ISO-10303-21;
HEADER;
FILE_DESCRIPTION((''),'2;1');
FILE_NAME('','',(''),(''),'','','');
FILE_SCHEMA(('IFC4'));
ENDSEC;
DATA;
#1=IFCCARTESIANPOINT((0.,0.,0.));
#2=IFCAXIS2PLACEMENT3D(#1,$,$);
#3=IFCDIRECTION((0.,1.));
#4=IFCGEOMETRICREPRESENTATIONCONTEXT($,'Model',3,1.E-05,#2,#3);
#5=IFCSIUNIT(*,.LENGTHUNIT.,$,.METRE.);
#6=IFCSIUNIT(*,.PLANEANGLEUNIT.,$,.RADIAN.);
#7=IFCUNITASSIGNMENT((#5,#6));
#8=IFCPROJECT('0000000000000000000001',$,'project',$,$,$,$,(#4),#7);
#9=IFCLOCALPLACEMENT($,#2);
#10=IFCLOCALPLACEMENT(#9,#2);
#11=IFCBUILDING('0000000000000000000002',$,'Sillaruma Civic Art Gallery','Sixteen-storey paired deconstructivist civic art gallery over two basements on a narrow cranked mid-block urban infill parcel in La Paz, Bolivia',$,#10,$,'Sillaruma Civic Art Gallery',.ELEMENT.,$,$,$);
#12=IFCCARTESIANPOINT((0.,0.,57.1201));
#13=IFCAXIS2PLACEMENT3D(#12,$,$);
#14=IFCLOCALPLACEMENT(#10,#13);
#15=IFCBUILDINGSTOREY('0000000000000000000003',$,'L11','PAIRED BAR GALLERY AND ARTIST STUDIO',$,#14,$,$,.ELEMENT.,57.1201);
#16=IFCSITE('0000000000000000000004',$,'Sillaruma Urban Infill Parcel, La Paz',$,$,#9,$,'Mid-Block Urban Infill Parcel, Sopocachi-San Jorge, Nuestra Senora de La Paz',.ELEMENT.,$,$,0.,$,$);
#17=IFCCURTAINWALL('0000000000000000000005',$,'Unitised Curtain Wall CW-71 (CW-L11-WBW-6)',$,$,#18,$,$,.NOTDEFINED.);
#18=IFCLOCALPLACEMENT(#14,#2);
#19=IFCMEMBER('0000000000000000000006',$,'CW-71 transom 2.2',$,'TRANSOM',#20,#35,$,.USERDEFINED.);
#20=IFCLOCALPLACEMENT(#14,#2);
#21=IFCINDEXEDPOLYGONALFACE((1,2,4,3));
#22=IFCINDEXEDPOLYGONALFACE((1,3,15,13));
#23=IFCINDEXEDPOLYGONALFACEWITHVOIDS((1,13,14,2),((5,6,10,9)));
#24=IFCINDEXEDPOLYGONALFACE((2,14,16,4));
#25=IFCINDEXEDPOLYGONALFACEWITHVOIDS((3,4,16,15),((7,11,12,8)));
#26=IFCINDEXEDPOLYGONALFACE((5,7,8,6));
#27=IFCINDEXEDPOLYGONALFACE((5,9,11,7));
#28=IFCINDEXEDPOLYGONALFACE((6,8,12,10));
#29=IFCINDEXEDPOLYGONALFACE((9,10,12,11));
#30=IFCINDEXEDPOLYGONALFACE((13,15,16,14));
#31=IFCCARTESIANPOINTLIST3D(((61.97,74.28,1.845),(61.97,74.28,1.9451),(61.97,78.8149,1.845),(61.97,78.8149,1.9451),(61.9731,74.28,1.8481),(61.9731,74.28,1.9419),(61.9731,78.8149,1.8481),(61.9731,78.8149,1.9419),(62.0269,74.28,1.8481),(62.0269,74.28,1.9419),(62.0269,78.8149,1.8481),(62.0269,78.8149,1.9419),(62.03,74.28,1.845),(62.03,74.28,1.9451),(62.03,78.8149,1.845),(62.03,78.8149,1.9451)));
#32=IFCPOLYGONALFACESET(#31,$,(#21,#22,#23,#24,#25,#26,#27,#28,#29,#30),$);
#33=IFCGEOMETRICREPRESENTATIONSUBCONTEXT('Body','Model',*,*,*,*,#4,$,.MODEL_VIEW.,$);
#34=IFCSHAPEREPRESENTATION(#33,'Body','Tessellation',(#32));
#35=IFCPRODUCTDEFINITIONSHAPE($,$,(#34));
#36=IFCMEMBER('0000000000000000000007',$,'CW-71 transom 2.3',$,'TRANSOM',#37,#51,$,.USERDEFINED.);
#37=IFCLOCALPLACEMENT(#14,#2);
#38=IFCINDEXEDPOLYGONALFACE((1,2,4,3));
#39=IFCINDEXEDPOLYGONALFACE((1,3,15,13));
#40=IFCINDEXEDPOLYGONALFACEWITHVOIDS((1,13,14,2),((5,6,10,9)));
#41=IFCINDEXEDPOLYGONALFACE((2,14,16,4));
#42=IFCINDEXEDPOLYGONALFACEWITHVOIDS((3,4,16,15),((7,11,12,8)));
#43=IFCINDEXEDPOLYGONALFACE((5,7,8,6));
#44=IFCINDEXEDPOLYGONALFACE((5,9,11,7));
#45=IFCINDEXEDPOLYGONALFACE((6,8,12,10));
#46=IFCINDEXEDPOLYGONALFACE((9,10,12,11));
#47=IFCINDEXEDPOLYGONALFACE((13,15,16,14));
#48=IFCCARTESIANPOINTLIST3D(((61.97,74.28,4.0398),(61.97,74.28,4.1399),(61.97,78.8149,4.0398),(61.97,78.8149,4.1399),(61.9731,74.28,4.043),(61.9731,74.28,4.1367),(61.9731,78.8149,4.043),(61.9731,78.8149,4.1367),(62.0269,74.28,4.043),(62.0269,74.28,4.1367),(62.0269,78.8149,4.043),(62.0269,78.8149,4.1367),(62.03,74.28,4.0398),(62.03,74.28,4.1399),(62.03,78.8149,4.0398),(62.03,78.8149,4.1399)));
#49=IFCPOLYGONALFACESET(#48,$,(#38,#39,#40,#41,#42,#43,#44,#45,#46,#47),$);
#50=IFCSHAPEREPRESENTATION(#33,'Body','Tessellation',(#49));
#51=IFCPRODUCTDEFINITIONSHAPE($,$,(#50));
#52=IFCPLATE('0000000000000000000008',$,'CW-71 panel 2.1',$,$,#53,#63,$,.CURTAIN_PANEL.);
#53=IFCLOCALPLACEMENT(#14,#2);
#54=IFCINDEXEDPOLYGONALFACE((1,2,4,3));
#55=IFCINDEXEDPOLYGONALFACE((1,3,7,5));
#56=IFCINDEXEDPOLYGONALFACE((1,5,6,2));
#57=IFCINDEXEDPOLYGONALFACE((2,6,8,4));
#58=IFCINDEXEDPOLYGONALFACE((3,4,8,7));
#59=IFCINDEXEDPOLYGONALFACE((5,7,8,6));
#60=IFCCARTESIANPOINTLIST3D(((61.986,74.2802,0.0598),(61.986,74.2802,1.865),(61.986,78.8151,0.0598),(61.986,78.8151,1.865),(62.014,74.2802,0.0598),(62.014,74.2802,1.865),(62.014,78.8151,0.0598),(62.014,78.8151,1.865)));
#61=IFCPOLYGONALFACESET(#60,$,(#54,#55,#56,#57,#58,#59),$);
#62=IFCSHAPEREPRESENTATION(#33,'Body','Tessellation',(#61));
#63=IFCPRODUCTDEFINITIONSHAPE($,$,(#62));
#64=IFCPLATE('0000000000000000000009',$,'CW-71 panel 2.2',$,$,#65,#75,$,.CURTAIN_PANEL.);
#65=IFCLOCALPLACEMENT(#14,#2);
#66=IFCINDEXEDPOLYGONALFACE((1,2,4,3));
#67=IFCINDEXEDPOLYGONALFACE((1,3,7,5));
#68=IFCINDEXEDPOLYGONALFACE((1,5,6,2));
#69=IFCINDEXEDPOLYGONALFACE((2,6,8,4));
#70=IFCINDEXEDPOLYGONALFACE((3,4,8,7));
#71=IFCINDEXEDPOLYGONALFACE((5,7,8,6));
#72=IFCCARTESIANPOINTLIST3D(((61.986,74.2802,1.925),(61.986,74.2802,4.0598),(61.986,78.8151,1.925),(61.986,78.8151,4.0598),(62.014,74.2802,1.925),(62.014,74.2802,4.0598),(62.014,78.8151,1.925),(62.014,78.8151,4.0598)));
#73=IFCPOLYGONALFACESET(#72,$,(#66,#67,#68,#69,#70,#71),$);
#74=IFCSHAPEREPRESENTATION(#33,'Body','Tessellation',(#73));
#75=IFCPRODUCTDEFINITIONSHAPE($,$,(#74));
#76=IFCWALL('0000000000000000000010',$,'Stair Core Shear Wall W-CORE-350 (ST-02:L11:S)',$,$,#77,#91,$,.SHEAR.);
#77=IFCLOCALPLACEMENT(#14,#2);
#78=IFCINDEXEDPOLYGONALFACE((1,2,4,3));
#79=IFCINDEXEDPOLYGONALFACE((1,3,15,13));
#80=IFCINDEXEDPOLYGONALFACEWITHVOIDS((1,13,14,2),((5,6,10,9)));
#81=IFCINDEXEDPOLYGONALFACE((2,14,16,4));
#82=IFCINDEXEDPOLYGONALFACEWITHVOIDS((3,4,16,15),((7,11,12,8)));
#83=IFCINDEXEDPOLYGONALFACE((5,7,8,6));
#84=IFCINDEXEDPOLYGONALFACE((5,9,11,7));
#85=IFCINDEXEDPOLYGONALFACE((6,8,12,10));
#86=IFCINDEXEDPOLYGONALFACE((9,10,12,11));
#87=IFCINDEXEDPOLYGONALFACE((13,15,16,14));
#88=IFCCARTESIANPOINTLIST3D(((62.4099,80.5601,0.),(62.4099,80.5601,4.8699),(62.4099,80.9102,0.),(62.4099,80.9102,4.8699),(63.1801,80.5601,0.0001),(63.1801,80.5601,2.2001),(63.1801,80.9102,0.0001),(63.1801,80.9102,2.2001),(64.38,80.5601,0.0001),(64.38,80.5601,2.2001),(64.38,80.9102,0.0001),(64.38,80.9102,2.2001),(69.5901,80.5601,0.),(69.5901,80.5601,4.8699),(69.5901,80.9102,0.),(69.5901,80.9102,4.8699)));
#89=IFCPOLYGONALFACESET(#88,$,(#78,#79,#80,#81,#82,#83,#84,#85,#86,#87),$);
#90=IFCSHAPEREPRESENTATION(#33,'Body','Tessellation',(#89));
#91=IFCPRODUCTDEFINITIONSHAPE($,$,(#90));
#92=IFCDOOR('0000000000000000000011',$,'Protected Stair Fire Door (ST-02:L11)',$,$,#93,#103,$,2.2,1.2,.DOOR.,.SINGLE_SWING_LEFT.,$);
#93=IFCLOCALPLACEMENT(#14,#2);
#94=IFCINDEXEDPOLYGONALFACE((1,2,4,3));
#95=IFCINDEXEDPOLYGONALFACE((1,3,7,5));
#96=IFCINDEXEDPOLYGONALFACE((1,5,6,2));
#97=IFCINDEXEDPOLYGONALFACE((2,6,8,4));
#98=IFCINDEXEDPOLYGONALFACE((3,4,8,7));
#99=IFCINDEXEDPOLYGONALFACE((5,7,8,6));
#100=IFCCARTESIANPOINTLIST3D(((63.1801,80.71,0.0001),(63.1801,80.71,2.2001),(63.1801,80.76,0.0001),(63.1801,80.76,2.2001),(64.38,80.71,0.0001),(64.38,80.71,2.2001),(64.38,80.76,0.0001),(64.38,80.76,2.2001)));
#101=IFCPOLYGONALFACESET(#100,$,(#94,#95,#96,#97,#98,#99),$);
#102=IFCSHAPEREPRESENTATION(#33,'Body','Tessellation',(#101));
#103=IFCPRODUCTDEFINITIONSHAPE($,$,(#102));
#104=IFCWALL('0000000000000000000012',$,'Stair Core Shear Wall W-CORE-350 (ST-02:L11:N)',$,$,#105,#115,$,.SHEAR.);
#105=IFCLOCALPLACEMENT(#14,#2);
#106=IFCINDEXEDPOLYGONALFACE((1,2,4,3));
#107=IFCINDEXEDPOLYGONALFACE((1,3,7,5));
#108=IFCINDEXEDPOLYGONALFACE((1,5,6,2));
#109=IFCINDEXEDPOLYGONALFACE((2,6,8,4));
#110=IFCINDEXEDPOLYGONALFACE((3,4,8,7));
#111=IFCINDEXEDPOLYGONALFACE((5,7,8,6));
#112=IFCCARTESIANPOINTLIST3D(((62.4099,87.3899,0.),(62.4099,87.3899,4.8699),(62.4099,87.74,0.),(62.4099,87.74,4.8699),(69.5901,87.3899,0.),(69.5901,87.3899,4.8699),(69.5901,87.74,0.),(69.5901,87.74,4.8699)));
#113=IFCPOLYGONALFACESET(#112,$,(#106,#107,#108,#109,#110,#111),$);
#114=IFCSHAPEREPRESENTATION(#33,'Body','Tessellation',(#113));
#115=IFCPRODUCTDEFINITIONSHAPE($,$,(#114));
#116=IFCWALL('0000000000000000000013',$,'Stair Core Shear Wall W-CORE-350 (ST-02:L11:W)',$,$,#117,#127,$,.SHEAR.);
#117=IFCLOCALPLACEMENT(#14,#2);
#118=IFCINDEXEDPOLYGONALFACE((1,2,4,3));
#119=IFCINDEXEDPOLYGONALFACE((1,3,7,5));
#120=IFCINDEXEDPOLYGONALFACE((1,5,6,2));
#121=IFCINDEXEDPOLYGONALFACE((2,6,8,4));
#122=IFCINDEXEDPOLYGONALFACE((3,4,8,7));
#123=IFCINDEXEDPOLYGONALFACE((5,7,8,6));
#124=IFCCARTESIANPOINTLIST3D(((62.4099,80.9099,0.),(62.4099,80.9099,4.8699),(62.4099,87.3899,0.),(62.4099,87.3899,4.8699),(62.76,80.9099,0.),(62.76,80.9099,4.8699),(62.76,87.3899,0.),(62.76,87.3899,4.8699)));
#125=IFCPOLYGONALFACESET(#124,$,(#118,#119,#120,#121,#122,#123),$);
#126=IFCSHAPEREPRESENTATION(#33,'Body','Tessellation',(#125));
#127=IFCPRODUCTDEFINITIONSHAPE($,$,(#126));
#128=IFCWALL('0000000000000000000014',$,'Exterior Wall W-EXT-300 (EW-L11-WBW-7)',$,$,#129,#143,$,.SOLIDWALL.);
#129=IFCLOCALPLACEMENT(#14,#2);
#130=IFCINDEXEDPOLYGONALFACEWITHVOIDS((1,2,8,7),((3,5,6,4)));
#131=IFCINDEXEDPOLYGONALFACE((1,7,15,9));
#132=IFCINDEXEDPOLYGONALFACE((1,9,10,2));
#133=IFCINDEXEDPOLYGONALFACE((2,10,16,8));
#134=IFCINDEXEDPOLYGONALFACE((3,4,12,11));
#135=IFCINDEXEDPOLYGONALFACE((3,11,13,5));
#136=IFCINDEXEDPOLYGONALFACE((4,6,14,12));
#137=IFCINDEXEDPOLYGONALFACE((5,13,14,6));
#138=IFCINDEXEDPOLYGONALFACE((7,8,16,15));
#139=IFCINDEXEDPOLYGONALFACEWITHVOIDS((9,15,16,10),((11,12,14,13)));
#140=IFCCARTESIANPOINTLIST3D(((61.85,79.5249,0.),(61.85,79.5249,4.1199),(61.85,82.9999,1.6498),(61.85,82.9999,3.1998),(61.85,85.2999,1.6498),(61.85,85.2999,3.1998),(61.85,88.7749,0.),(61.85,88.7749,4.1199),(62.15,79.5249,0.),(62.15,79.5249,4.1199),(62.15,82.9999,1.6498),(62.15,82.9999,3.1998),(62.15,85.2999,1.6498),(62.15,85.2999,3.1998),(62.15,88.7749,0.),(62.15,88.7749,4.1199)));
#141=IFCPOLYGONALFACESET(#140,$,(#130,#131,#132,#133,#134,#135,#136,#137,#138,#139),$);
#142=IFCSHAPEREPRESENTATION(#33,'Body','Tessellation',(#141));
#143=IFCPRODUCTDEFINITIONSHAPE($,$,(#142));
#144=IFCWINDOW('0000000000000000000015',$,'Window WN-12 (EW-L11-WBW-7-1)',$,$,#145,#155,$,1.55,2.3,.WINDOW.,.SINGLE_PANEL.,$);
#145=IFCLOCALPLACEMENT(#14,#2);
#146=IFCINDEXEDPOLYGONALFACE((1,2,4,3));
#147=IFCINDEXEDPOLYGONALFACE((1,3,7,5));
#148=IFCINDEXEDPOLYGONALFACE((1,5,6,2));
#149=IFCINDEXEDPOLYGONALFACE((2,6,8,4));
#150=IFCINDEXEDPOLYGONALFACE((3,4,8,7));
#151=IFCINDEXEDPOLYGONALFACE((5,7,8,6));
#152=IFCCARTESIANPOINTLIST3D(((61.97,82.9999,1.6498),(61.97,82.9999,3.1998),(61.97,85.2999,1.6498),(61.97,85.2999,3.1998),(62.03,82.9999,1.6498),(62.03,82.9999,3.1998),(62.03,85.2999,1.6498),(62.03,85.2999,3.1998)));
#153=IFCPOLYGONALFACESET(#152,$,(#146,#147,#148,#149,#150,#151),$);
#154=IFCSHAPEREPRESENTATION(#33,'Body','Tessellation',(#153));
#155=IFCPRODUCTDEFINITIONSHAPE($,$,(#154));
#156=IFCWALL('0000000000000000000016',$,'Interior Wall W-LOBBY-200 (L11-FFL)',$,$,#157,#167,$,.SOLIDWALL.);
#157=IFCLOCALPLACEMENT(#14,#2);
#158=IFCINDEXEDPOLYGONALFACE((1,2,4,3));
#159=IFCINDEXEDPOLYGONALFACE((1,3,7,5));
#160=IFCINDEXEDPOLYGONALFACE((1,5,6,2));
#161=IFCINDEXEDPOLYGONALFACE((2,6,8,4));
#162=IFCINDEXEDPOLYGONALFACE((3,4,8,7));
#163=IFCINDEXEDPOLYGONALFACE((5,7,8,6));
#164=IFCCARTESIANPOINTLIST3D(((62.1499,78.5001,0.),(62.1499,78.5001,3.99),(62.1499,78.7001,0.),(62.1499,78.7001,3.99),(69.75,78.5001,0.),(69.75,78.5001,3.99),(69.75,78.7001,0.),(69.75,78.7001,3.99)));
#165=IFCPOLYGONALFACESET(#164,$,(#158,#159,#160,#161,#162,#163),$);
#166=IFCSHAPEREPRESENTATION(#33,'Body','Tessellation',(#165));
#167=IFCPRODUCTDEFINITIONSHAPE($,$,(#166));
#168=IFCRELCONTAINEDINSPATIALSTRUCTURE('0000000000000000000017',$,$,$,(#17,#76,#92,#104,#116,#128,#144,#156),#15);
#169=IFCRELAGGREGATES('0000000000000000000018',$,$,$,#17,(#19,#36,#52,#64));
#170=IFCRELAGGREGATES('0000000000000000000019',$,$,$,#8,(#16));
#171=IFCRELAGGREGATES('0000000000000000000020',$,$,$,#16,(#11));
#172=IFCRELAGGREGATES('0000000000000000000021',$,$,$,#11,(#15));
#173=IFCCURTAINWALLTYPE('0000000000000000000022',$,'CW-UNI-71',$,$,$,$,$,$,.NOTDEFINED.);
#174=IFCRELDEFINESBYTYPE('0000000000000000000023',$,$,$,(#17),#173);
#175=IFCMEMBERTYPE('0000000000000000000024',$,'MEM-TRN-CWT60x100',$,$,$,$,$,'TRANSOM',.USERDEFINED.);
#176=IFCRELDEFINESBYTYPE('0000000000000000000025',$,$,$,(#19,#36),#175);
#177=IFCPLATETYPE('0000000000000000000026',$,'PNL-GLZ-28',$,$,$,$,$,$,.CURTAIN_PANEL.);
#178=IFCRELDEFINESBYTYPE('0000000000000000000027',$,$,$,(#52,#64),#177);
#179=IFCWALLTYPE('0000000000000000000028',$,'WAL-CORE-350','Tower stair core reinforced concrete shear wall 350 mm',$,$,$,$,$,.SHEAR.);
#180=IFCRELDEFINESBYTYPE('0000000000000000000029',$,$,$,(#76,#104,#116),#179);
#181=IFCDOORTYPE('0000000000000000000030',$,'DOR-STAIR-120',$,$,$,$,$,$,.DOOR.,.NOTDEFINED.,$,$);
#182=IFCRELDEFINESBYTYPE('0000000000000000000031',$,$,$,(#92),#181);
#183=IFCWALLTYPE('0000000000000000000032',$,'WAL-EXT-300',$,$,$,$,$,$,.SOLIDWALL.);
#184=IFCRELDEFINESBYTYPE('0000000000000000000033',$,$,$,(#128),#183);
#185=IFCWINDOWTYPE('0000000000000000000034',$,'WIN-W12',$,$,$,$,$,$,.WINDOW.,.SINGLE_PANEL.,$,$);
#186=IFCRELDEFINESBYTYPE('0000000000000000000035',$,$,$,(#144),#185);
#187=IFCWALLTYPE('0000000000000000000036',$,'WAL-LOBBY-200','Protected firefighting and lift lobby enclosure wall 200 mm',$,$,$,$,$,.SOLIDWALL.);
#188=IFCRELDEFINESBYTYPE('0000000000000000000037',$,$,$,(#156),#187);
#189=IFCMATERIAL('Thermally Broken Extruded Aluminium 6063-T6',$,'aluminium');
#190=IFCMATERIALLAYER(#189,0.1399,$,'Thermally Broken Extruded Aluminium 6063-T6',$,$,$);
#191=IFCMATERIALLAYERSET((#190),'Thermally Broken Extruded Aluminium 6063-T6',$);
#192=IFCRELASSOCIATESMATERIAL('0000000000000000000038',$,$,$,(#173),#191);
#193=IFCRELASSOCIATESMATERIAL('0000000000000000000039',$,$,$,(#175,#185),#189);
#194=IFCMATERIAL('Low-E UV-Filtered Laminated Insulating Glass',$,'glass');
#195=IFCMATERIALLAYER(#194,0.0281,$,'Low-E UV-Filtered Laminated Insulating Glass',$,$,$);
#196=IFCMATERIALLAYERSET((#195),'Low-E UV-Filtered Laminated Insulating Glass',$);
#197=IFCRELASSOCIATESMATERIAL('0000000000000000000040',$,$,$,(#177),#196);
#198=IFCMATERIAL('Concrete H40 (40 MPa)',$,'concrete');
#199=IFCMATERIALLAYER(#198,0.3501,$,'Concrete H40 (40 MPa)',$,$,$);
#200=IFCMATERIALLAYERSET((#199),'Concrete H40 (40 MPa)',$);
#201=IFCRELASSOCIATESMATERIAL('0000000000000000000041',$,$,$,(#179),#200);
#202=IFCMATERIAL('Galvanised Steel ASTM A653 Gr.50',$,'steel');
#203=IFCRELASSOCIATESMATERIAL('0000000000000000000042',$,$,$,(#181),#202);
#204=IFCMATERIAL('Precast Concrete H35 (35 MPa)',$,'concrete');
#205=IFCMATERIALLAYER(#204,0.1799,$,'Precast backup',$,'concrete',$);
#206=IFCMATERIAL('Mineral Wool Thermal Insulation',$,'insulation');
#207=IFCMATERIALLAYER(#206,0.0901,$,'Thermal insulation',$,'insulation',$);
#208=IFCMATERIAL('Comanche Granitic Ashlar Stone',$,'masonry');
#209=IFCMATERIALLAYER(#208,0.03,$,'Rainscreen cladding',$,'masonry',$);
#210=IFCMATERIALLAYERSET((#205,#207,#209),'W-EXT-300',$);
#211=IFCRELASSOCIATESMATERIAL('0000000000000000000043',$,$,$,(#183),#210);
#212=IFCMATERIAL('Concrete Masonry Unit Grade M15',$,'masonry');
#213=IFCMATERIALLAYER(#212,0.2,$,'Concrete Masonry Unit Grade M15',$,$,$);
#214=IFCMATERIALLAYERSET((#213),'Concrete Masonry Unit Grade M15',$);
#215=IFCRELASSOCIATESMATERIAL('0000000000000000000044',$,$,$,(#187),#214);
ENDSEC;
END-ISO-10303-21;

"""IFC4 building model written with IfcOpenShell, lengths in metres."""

from ifc_helpers import new_model, si_unit, direction, frame, frame_2d, origin, origin_2d, place, context, subcontext, project, spatial, rectangle, hollow_rectangle, extrude, material, layer, layer_set, material_profile, profile_set, type_object, element, fill, aggregate, save


model = new_model("IFC4")

# Units and contexts
model_context = context("Model", 3, precision=1e-05, world=origin(), true_north=direction((0.0, 1.0)))
body_context = subcontext(model_context, "Body", "Model", "MODEL_VIEW")
ifc_project = project(units=[si_unit("LENGTHUNIT", "METRE"), si_unit("PLANEANGLEUNIT", "RADIAN")], contexts=[model_context])

# Site, building, storey
site_placement = place(None, origin())
site = spatial("IfcSite", under=ifc_project, at=site_placement, Name="Sillaruma Urban Infill Parcel, La Paz", LongName="Mid-Block Urban Infill Parcel, Sopocachi-San Jorge, Nuestra Senora de La Paz", CompositionType="ELEMENT", RefElevation=0.0)
building_placement = place(site_placement, origin())
building = spatial("IfcBuilding", under=site, at=building_placement, Name="Sillaruma Civic Art Gallery", Description="Sixteen-storey paired deconstructivist civic art gallery over two basements on a narrow cranked mid-block urban infill parcel in La Paz, Bolivia", LongName="Sillaruma Civic Art Gallery", CompositionType="ELEMENT")
storey_placement = place(building_placement, frame((0.0, 0.0, 57.1201)))
storey = spatial("IfcBuildingStorey", under=building, at=storey_placement, Name="L11", Description="PAIRED BAR GALLERY AND ARTIST STUDIO", CompositionType="ELEMENT", Elevation=57.1201)

# Shared definitions
ifc_material_1 = material(Name="Concrete H40 (40 MPa)", Category="concrete")

# Curtain wall, members, plates
ifc_material_2 = material(Name="Thermally Broken Extruded Aluminium 6063-T6", Category="aluminium")
ifc_layer_1 = layer(ifc_material_2, 0.1399, Name="Thermally Broken Extruded Aluminium 6063-T6")
ifc_layer_set_1 = layer_set([ifc_layer_1], Name="Thermally Broken Extruded Aluminium 6063-T6")
curtain_wall_type = type_object("IfcCurtainWallType", Name="CW-UNI-71", PredefinedType="NOTDEFINED", material=ifc_layer_set_1)
curtain_wall_placement = place(storey_placement, origin())
curtain_wall = element("IfcCurtainWall", 1, at=curtain_wall_placement, inside=storey, type_object=curtain_wall_type, Name="Unitised Curtain Wall CW-71 (CW-L11-WBW-6)", PredefinedType="NOTDEFINED")
ifc_material_profile_1 = material_profile(ifc_material_2, hollow_rectangle(XDim=0.0601, YDim=0.1001, WallThickness=0.0032, at=origin_2d()), Name="CWT60x100")
ifc_profile_set_1 = profile_set([ifc_material_profile_1], Name="Thermally Broken Extruded Aluminium 6063-T6")
member_type_1 = type_object("IfcMemberType", Name="MEM-TRN-CWT60x100", ElementType="TRANSOM", PredefinedType="USERDEFINED", material=ifc_profile_set_1)
member_1_placement = place(storey_placement, frame((62.0, 74.28, 1.895), z_axis=(0.0, 1.0, 0.0), x_axis=(-1.0, 0.0, 0.0)))
member_1 = element("IfcMember", 2, at=member_1_placement, type_object=member_type_1, Name="CW-71 transom 2.2", ObjectType="TRANSOM", PredefinedType="USERDEFINED", context=body_context, shape_type="SweptSolid", body=[
    extrude(hollow_rectangle(XDim=0.0601, YDim=0.1001, WallThickness=0.0032, at=origin_2d()), origin(), (0.0, 0.0, 1.0), 4.5349),
])
member_2_placement = place(storey_placement, frame((62.0, 74.28, 4.0898), z_axis=(0.0, 1.0, 0.0), x_axis=(-1.0, 0.0, 0.0)))
member_2 = element("IfcMember", 3, at=member_2_placement, type_object=member_type_1, Name="CW-71 transom 2.3", ObjectType="TRANSOM", PredefinedType="USERDEFINED", context=body_context, shape_type="SweptSolid", body=[
    extrude(hollow_rectangle(XDim=0.0601, YDim=0.1001, WallThickness=0.0032, at=origin_2d()), origin(), (0.0, 0.0, 1.0), 4.5349),
])
ifc_material_3 = material(Name="Low-E UV-Filtered Laminated Insulating Glass", Category="glass")
ifc_layer_2 = layer(ifc_material_3, 0.0281, Name="Low-E UV-Filtered Laminated Insulating Glass")
ifc_layer_set_2 = layer_set([ifc_layer_2], Name="Low-E UV-Filtered Laminated Insulating Glass")
plate_type = type_object("IfcPlateType", Name="PNL-GLZ-28", PredefinedType="CURTAIN_PANEL", material=ifc_layer_set_2)
plate_1_placement = place(storey_placement, frame((62.0, 76.5476, 0.0598), z_axis=(0.0, 0.0, 1.0), x_axis=(0.0, 1.0, 0.0)))
plate_1 = element("IfcPlate", 4, at=plate_1_placement, type_object=plate_type, Name="CW-71 panel 2.1", PredefinedType="CURTAIN_PANEL", context=body_context, shape_type="SweptSolid", body=[
    extrude(rectangle(XDim=4.5349, YDim=0.0281, at=origin_2d()), origin(), (0.0, 0.0, 1.0), 1.8052),
])
plate_2_placement = place(storey_placement, frame((62.0, 76.5476, 1.925), z_axis=(0.0, 0.0, 1.0), x_axis=(0.0, 1.0, 0.0)))
plate_2 = element("IfcPlate", 5, at=plate_2_placement, type_object=plate_type, Name="CW-71 panel 2.2", PredefinedType="CURTAIN_PANEL", context=body_context, shape_type="SweptSolid", body=[
    extrude(rectangle(XDim=4.5349, YDim=0.0281, at=origin_2d()), origin(), (0.0, 0.0, 1.0), 2.1348),
])
aggregate(curtain_wall, [member_1, member_2, plate_1, plate_2])

# Wall, opening, door
ifc_layer_3 = layer(ifc_material_1, 0.3501, Name="Concrete H40 (40 MPa)")
ifc_layer_set_3 = layer_set([ifc_layer_3], Name="Concrete H40 (40 MPa)")
wall_type_1 = type_object("IfcWallType", Name="WAL-CORE-350", Description="Tower stair core reinforced concrete shear wall 350 mm", PredefinedType="SHEAR", material=ifc_layer_set_3)
wall_1_placement = place(storey_placement, frame((62.4099, 80.7351, 0.0), z_axis=(0.0, 0.0, 1.0), x_axis=(1.0, 0.0, 0.0)))
wall_1 = element("IfcWall", 6, at=wall_1_placement, inside=storey, type_object=wall_type_1, Name="Stair Core Shear Wall W-CORE-350 (ST-02:L11:S)", PredefinedType="SHEAR", context=body_context, shape_type="SweptSolid", body=[
    extrude(rectangle(XDim=7.1802, YDim=0.3501, at=frame_2d((3.5901, 0.0))), origin(), (0.0, 0.0, 1.0), 4.8699),
])
opening_1_placement = place(wall_1_placement, frame((0.77, 0.0, 0.0)))
opening_1 = element("IfcOpeningElement", 7, at=opening_1_placement, cuts=wall_1, PredefinedType="OPENING", context=body_context, shape_type="SweptSolid", body=[
    extrude(rectangle(XDim=1.2, YDim=2.2, at=frame_2d((0.6001, 1.1001))), frame((0.0, 0.1851, 0.0), z_axis=(0.0, -1.0, 0.0), x_axis=(1.0, 0.0, 0.0)), (0.0, 0.0, 1.0), 0.3701),
])
ifc_material_4 = material(Name="Galvanised Steel ASTM A653 Gr.50", Category="steel")
door_type = type_object("IfcDoorType", Name="DOR-STAIR-120", OperationType="NOTDEFINED", PredefinedType="DOOR", material=ifc_material_4)
door_placement = place(opening_1_placement, origin())
door = element("IfcDoor", 8, at=door_placement, inside=storey, type_object=door_type, Name="Protected Stair Fire Door (ST-02:L11)", OperationType="SINGLE_SWING_LEFT", OverallHeight=2.2, OverallWidth=1.2, PredefinedType="DOOR", context=body_context, shape_type="SweptSolid", body=[
    extrude(rectangle(XDim=1.2, YDim=2.2, at=frame_2d((0.6001, 1.1001))), frame((0.0, 0.0249, 0.0), z_axis=(0.0, -1.0, 0.0), x_axis=(1.0, 0.0, 0.0)), (0.0, 0.0, 1.0), 0.05),
])
fill(opening_1, door)

# Walls
wall_2_placement = place(storey_placement, frame((62.4099, 87.5649, 0.0), z_axis=(0.0, 0.0, 1.0), x_axis=(1.0, 0.0, 0.0)))
element("IfcWall", 9, at=wall_2_placement, inside=storey, type_object=wall_type_1, Name="Stair Core Shear Wall W-CORE-350 (ST-02:L11:N)", PredefinedType="SHEAR", context=body_context, shape_type="SweptSolid", body=[
    extrude(rectangle(XDim=7.1802, YDim=0.3501, at=frame_2d((3.5901, 0.0))), origin(), (0.0, 0.0, 1.0), 4.8699),
])
wall_3_placement = place(storey_placement, frame((62.585, 80.9099, 0.0), z_axis=(0.0, 0.0, 1.0), x_axis=(0.0, 1.0, 0.0)))
element("IfcWall", 10, at=wall_3_placement, inside=storey, type_object=wall_type_1, Name="Stair Core Shear Wall W-CORE-350 (ST-02:L11:W)", PredefinedType="SHEAR", context=body_context, shape_type="SweptSolid", body=[
    extrude(rectangle(XDim=6.48, YDim=0.3501, at=frame_2d((3.24, 0.0))), origin(), (0.0, 0.0, 1.0), 4.8699),
])

# Wall, opening, window
ifc_material_5 = material(Name="Precast Concrete H35 (35 MPa)", Category="concrete")
ifc_layer_4 = layer(ifc_material_5, 0.1799, Name="Precast backup", Category="concrete")
ifc_material_6 = material(Name="Mineral Wool Thermal Insulation", Category="insulation")
ifc_layer_5 = layer(ifc_material_6, 0.0901, Name="Thermal insulation", Category="insulation")
ifc_material_7 = material(Name="Comanche Granitic Ashlar Stone", Category="masonry")
ifc_layer_6 = layer(ifc_material_7, 0.03, Name="Rainscreen cladding", Category="masonry")
ifc_layer_set_4 = layer_set([ifc_layer_4, ifc_layer_5, ifc_layer_6], Name="W-EXT-300")
wall_type_2 = type_object("IfcWallType", Name="WAL-EXT-300", PredefinedType="SOLIDWALL", material=ifc_layer_set_4)
wall_4_placement = place(storey_placement, frame((62.0, 79.5249, 0.0), z_axis=(0.0, 0.0, 1.0), x_axis=(0.0, 1.0, 0.0)))
wall_4 = element("IfcWall", 11, at=wall_4_placement, inside=storey, type_object=wall_type_2, Name="Exterior Wall W-EXT-300 (EW-L11-WBW-7)", PredefinedType="SOLIDWALL", context=body_context, shape_type="SweptSolid", body=[
    extrude(rectangle(XDim=9.25, YDim=0.3, at=frame_2d((4.625, 0.0))), origin(), (0.0, 0.0, 1.0), 4.1199),
])
opening_2_placement = place(wall_4_placement, frame((3.4751, 0.0, 1.6499)))
opening_2 = element("IfcOpeningElement", 12, at=opening_2_placement, cuts=wall_4, PredefinedType="OPENING", context=body_context, shape_type="SweptSolid", body=[
    extrude(rectangle(XDim=2.3, YDim=1.55, at=frame_2d((1.1499, 0.7749))), frame((0.0, 0.1599, 0.0), z_axis=(0.0, -1.0, 0.0), x_axis=(1.0, 0.0, 0.0)), (0.0, 0.0, 1.0), 0.3201),
])
window_type = type_object("IfcWindowType", Name="WIN-W12", PartitioningType="SINGLE_PANEL", PredefinedType="WINDOW", material=ifc_material_2)
window_placement = place(opening_2_placement, origin())
window = element("IfcWindow", 13, at=window_placement, inside=storey, type_object=window_type, Name="Window WN-12 (EW-L11-WBW-7-1)", OverallHeight=1.55, OverallWidth=2.3, PartitioningType="SINGLE_PANEL", PredefinedType="WINDOW", context=body_context, shape_type="SweptSolid", body=[
    extrude(rectangle(XDim=2.3, YDim=1.55, at=frame_2d((1.1499, 0.7749))), frame((0.0, 0.03, 0.0), z_axis=(0.0, -1.0, 0.0), x_axis=(1.0, 0.0, 0.0)), (0.0, 0.0, 1.0), 0.0601),
])
fill(opening_2, window)

# Wall
ifc_material_8 = material(Name="Concrete Masonry Unit Grade M15", Category="masonry")
ifc_layer_7 = layer(ifc_material_8, 0.2, Name="Concrete Masonry Unit Grade M15")
ifc_layer_set_5 = layer_set([ifc_layer_7], Name="Concrete Masonry Unit Grade M15")
wall_type_3 = type_object("IfcWallType", Name="WAL-LOBBY-200", Description="Protected firefighting and lift lobby enclosure wall 200 mm", PredefinedType="SOLIDWALL", material=ifc_layer_set_5)
wall_5_placement = place(storey_placement, frame((62.1499, 78.6001, 0.0), z_axis=(0.0, 0.0, 1.0), x_axis=(1.0, 0.0, 0.0)))
element("IfcWall", 14, at=wall_5_placement, inside=storey, type_object=wall_type_3, Name="Interior Wall W-LOBBY-200 (L11-FFL)", PredefinedType="SOLIDWALL", context=body_context, shape_type="SweptSolid", body=[
    extrude(rectangle(XDim=7.6001, YDim=0.2, at=frame_2d((3.8, 0.0))), origin(), (0.0, 0.0, 1.0), 3.99),
])

save(model, "model.ifc")
